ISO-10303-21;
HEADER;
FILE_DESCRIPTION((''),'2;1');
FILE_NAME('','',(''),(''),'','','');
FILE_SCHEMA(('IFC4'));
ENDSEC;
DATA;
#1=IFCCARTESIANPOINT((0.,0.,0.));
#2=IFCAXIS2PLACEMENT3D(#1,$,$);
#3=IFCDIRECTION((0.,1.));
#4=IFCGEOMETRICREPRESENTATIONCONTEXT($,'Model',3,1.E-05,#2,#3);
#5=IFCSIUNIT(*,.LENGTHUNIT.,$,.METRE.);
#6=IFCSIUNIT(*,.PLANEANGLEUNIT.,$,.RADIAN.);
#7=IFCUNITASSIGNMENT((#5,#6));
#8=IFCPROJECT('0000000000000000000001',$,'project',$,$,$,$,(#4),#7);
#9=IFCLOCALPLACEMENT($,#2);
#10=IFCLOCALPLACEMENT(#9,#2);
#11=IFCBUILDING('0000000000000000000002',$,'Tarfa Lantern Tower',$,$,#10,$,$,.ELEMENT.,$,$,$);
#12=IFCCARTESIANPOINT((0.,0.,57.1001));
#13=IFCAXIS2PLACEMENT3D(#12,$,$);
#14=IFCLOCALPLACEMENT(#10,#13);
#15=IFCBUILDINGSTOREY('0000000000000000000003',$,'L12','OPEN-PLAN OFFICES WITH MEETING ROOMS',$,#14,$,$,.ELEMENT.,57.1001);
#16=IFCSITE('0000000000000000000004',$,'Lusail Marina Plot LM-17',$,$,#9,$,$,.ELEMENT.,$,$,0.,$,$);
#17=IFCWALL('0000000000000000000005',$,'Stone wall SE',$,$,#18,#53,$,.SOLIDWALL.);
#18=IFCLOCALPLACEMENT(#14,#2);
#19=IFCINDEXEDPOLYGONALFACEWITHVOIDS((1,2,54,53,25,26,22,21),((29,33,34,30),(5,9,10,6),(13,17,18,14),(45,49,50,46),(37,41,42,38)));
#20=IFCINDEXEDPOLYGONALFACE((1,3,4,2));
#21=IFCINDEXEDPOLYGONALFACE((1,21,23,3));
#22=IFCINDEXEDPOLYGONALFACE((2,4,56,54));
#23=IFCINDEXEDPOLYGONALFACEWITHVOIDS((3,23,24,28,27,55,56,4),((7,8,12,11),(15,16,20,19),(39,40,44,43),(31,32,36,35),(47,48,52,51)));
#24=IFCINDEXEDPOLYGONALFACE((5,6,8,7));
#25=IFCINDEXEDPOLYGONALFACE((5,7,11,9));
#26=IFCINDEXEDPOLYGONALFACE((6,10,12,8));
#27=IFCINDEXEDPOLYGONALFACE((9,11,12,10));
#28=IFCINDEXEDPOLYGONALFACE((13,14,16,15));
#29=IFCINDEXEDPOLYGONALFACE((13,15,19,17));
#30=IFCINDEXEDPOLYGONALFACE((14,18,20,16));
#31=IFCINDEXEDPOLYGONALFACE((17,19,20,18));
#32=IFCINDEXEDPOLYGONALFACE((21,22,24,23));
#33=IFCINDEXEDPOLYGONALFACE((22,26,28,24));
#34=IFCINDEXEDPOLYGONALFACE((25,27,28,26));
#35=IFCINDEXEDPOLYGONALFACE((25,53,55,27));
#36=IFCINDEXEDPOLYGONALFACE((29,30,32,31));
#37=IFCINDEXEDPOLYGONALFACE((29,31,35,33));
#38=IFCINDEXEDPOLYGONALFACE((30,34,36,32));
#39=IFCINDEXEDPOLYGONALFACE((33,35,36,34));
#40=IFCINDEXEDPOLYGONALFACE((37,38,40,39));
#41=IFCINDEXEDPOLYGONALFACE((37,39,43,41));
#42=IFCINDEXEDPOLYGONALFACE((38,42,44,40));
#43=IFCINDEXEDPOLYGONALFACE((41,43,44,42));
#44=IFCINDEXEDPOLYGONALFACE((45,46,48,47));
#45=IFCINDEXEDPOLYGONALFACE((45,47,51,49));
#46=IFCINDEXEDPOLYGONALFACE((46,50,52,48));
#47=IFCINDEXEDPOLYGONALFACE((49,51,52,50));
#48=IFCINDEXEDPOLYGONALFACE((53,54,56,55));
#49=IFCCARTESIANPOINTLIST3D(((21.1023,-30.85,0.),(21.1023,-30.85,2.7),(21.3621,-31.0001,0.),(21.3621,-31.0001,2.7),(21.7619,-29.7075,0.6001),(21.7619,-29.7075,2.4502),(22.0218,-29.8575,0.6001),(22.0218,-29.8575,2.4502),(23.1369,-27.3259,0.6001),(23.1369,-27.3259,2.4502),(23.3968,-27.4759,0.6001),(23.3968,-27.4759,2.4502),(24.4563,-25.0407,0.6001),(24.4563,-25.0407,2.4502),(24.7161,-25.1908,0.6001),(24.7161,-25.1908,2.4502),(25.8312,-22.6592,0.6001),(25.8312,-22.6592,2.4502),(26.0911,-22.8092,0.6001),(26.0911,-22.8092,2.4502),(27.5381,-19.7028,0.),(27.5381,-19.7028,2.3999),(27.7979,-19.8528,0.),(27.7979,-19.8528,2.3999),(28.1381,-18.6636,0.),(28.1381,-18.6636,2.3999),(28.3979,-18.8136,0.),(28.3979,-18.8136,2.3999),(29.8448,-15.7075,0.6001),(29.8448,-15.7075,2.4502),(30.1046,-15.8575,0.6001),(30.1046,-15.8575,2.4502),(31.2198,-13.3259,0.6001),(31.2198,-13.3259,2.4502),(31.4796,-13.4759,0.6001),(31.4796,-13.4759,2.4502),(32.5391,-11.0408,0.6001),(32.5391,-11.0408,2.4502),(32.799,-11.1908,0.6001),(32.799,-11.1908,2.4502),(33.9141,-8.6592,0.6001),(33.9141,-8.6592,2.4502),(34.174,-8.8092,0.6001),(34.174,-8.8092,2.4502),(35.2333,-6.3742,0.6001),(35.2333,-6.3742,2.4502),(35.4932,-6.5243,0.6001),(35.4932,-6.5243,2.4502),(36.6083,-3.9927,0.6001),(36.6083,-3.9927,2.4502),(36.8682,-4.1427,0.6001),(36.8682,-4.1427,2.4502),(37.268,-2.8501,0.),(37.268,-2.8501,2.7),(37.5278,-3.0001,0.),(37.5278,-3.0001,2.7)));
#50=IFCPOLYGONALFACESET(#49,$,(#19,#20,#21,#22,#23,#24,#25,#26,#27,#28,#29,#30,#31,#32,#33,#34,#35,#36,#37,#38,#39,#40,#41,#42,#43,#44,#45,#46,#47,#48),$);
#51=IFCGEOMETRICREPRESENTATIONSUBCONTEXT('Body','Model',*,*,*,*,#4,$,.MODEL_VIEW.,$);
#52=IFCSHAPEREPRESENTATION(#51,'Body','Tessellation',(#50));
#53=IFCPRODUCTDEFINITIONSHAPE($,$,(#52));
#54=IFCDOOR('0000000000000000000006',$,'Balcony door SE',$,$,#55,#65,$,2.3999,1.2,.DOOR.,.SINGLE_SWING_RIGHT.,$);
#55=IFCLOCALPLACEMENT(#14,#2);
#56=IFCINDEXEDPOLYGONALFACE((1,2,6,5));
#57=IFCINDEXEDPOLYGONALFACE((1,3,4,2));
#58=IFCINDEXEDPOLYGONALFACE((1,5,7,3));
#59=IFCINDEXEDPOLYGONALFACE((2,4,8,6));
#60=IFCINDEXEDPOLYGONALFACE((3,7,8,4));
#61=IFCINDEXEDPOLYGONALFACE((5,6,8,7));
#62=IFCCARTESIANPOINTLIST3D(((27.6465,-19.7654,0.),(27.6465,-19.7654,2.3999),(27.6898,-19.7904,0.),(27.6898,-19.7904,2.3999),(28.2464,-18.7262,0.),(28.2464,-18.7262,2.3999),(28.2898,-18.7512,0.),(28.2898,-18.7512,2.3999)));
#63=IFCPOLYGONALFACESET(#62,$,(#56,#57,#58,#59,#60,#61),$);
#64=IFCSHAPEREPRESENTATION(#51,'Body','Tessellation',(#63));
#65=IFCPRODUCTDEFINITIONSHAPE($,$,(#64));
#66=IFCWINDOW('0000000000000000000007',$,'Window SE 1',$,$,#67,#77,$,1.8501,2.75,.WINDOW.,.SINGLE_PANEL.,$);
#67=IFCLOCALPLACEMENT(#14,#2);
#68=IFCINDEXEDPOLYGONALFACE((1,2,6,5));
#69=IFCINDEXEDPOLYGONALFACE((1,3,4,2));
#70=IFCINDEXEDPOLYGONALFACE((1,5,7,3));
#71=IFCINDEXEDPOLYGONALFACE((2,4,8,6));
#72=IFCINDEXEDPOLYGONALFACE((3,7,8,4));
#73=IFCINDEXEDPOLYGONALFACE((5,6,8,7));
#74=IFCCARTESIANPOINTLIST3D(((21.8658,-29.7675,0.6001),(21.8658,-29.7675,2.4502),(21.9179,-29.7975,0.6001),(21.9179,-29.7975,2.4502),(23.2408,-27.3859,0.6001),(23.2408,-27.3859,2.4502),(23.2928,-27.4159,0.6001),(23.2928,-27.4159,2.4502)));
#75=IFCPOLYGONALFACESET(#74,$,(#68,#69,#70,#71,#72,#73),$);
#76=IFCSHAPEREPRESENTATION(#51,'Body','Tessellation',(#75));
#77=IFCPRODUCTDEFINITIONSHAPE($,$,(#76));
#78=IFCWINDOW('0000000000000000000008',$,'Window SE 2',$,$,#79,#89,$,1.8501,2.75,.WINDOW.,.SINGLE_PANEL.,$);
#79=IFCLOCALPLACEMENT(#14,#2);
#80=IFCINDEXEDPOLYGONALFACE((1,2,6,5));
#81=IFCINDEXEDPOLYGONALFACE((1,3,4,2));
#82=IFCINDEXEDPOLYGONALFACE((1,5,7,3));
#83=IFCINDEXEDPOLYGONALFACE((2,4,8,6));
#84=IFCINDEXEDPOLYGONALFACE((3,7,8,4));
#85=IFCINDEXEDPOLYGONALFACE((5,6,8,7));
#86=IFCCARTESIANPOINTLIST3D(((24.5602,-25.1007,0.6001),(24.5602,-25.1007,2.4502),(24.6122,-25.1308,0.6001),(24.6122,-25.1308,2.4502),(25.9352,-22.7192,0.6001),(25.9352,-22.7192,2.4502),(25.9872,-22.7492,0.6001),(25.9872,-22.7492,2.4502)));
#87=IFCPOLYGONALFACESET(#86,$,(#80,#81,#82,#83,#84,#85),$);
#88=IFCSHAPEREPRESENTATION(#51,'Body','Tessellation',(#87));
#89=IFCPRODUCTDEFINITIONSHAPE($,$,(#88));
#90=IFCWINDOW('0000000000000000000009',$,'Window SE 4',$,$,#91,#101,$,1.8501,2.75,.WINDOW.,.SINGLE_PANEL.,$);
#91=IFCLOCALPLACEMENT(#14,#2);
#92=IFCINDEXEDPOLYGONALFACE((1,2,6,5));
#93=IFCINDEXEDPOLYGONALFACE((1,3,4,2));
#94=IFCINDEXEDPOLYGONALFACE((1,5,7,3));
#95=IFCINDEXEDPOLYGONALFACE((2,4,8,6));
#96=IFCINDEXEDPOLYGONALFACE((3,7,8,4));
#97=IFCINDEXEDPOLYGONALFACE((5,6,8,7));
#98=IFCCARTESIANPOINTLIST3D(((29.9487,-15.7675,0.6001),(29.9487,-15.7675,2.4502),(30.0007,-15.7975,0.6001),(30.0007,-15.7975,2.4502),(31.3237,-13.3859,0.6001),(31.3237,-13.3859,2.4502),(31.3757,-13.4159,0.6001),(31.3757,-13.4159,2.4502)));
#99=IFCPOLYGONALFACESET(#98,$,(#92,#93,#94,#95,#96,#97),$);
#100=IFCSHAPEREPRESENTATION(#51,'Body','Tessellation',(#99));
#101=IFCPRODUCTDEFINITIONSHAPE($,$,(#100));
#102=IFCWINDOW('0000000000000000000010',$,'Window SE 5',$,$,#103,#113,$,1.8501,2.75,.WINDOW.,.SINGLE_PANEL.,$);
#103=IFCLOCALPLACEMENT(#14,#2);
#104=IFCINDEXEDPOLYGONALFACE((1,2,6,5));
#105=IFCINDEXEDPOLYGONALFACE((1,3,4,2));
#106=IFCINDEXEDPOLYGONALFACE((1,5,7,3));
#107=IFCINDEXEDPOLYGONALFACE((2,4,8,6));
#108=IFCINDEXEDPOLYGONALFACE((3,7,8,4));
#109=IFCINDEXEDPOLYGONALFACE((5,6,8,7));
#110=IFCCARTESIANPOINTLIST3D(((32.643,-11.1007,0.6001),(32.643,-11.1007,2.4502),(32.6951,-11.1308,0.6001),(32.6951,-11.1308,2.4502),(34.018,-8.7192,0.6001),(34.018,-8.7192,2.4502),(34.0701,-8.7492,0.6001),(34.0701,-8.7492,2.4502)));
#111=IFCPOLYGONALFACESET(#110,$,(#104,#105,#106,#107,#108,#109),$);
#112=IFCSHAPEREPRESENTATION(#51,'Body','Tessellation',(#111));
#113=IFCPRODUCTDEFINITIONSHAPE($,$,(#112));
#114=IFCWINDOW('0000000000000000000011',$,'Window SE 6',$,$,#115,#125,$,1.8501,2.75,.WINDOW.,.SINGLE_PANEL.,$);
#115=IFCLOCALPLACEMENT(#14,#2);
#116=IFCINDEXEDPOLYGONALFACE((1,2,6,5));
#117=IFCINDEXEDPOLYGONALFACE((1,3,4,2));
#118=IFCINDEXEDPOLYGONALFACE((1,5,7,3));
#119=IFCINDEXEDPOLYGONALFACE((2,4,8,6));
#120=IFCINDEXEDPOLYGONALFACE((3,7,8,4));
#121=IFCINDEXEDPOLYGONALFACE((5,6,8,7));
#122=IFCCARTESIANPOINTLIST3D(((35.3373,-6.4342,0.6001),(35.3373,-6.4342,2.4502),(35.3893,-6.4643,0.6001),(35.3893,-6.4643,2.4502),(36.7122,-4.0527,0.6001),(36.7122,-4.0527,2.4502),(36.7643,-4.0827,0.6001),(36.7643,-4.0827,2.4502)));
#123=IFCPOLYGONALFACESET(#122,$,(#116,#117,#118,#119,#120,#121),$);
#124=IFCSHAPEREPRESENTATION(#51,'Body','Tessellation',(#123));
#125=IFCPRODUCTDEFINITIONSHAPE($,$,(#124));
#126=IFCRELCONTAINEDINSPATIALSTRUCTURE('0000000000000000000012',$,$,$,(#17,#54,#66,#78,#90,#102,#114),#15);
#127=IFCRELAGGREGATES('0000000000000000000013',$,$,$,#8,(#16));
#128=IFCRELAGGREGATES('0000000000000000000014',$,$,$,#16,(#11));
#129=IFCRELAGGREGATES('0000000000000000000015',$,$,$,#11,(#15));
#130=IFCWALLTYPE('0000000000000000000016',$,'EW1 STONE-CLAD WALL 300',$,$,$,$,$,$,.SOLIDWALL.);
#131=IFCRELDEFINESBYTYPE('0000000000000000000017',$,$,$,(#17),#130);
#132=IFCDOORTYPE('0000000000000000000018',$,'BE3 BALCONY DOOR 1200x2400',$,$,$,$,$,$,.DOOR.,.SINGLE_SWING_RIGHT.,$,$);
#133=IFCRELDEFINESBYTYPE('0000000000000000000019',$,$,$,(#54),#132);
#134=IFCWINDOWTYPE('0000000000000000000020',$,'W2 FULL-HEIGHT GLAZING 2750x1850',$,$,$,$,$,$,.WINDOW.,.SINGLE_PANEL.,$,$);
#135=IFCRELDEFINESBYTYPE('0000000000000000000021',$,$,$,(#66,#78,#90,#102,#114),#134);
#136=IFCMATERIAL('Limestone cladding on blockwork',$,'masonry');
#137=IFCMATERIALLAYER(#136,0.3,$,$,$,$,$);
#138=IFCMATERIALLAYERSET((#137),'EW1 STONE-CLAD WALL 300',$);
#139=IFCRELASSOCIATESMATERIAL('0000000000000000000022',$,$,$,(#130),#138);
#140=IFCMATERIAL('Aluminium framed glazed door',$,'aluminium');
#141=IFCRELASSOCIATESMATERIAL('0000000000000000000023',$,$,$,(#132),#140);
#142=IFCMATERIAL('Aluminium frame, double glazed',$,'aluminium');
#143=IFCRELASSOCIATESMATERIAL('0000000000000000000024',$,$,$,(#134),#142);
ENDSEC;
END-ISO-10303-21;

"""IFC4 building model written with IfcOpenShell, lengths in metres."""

from ifc_helpers import new_model, si_unit, direction, frame, frame_2d, origin, place, context, subcontext, project, spatial, rectangle, extrude, material, layer, layer_set, type_object, element, fill, save


model = new_model("IFC4")

# Units and contexts
model_context = context("Model", 3, precision=1e-05, world=origin(), true_north=direction((0.0, 1.0)))
body_context = subcontext(model_context, "Body", "Model", "MODEL_VIEW")
ifc_project = project(units=[si_unit("LENGTHUNIT", "METRE"), si_unit("PLANEANGLEUNIT", "RADIAN")], contexts=[model_context])

# Site, building, storey
site_placement = place(None, origin())
site = spatial("IfcSite", under=ifc_project, at=site_placement, Name="Lusail Marina Plot LM-17", CompositionType="ELEMENT", RefElevation=0.0)
building_placement = place(site_placement, origin())
building = spatial("IfcBuilding", under=site, at=building_placement, Name="Tarfa Lantern Tower", CompositionType="ELEMENT")
storey_placement = place(building_placement, frame((0.0, 0.0, 57.1001)))
storey = spatial("IfcBuildingStorey", under=building, at=storey_placement, Name="L12", Description="OPEN-PLAN OFFICES WITH MEETING ROOMS", CompositionType="ELEMENT", Elevation=57.1001)

# Wall, openings, door, windows
ifc_material_1 = material(Name="Limestone cladding on blockwork", Category="masonry")
ifc_layer = layer(ifc_material_1, 0.3)
ifc_layer_set = layer_set([ifc_layer], Name="EW1 STONE-CLAD WALL 300")
wall_type = type_object("IfcWallType", Name="EW1 STONE-CLAD WALL 300", PredefinedType="SOLIDWALL", material=ifc_layer_set)
wall_placement = place(storey_placement, frame((21.2322, -30.925, 0.0), z_axis=(0.0, 0.0, 1.0), x_axis=(0.499999, 0.866026, 0.0)))
wall = element("IfcWall", 1, at=wall_placement, inside=storey, type_object=wall_type, Name="Stone wall SE", PredefinedType="SOLIDWALL", context=body_context, shape_type="SweptSolid", body=[
    extrude(rectangle(XDim=32.3315, YDim=0.3, at=frame_2d((16.1658, 0.0))), origin(), (0.0, 0.0, 1.0), 2.7),
])
opening_1_placement = place(wall_placement, frame((1.3193, 0.0, 0.6001)))
opening_1 = element("IfcOpeningElement", 2, at=opening_1_placement, cuts=wall, PredefinedType="OPENING", context=body_context, shape_type="SweptSolid", body=[
    extrude(rectangle(XDim=2.75, YDim=1.8501, at=frame_2d((1.375, 0.925))), frame((0.0, 0.1599, 0.0), z_axis=(0.0, -1.0, 0.0), x_axis=(1.0, 0.0, 0.0)), (0.0, 0.0, 1.0), 0.3201),
])
opening_2_placement = place(wall_placement, frame((6.708, 0.0, 0.6001)))
opening_2 = element("IfcOpeningElement", 3, at=opening_2_placement, cuts=wall, PredefinedType="OPENING", context=body_context, shape_type="SweptSolid", body=[
    extrude(rectangle(XDim=2.75, YDim=1.8501, at=frame_2d((1.375, 0.925))), frame((0.0, 0.1599, 0.0), z_axis=(0.0, -1.0, 0.0), x_axis=(1.0, 0.0, 0.0)), (0.0, 0.0, 1.0), 0.3201),
])
opening_3_placement = place(wall_placement, frame((12.8716, 0.0, 0.0)))
opening_3 = element("IfcOpeningElement", 4, at=opening_3_placement, cuts=wall, PredefinedType="OPENING", context=body_context, shape_type="SweptSolid", body=[
    extrude(rectangle(XDim=1.2, YDim=2.3999, at=frame_2d((0.6001, 1.2))), frame((0.0, 0.1599, 0.0), z_axis=(0.0, -1.0, 0.0), x_axis=(1.0, 0.0, 0.0)), (0.0, 0.0, 1.0), 0.3201),
])
opening_4_placement = place(wall_placement, frame((17.4851, 0.0, 0.6001)))
opening_4 = element("IfcOpeningElement", 5, at=opening_4_placement, cuts=wall, PredefinedType="OPENING", context=body_context, shape_type="SweptSolid", body=[
    extrude(rectangle(XDim=2.75, YDim=1.8501, at=frame_2d((1.375, 0.925))), frame((0.0, 0.1599, 0.0), z_axis=(0.0, -1.0, 0.0), x_axis=(1.0, 0.0, 0.0)), (0.0, 0.0, 1.0), 0.3201),
])
opening_5_placement = place(wall_placement, frame((22.8738, 0.0, 0.6001)))
opening_5 = element("IfcOpeningElement", 6, at=opening_5_placement, cuts=wall, PredefinedType="OPENING", context=body_context, shape_type="SweptSolid", body=[
    extrude(rectangle(XDim=2.75, YDim=1.8501, at=frame_2d((1.375, 0.925))), frame((0.0, 0.1599, 0.0), z_axis=(0.0, -1.0, 0.0), x_axis=(1.0, 0.0, 0.0)), (0.0, 0.0, 1.0), 0.3201),
])
opening_6_placement = place(wall_placement, frame((28.2622, 0.0, 0.6001)))
opening_6 = element("IfcOpeningElement", 7, at=opening_6_placement, cuts=wall, PredefinedType="OPENING", context=body_context, shape_type="SweptSolid", body=[
    extrude(rectangle(XDim=2.75, YDim=1.8501, at=frame_2d((1.375, 0.925))), frame((0.0, 0.1599, 0.0), z_axis=(0.0, -1.0, 0.0), x_axis=(1.0, 0.0, 0.0)), (0.0, 0.0, 1.0), 0.3201),
])
ifc_material_2 = material(Name="Aluminium framed glazed door", Category="aluminium")
door_type = type_object("IfcDoorType", Name="BE3 BALCONY DOOR 1200x2400", OperationType="SINGLE_SWING_RIGHT", PredefinedType="DOOR", material=ifc_material_2)
door_placement = place(opening_3_placement, origin())
door = element("IfcDoor", 8, at=door_placement, inside=storey, type_object=door_type, Name="Balcony door SE", OperationType="SINGLE_SWING_RIGHT", OverallHeight=2.3999, OverallWidth=1.2, PredefinedType="DOOR", context=body_context, shape_type="SweptSolid", body=[
    extrude(rectangle(XDim=1.2, YDim=2.3999, at=frame_2d((0.6001, 1.2))), frame((0.0, 0.0249, 0.0), z_axis=(0.0, -1.0, 0.0), x_axis=(1.0, 0.0, 0.0)), (0.0, 0.0, 1.0), 0.05),
])
fill(opening_3, door)
ifc_material_3 = material(Name="Aluminium frame, double glazed", Category="aluminium")
window_type = type_object("IfcWindowType", Name="W2 FULL-HEIGHT GLAZING 2750x1850", PartitioningType="SINGLE_PANEL", PredefinedType="WINDOW", material=ifc_material_3)
window_1_placement = place(opening_1_placement, origin())
window_1 = element("IfcWindow", 9, at=window_1_placement, inside=storey, type_object=window_type, Name="Window SE 1", OverallHeight=1.8501, OverallWidth=2.75, PartitioningType="SINGLE_PANEL", PredefinedType="WINDOW", context=body_context, shape_type="SweptSolid", body=[
    extrude(rectangle(XDim=2.75, YDim=1.8501, at=frame_2d((1.375, 0.925))), frame((0.0, 0.03, 0.0), z_axis=(0.0, -1.0, 0.0), x_axis=(1.0, 0.0, 0.0)), (0.0, 0.0, 1.0), 0.0601),
])
fill(opening_1, window_1)
window_2_placement = place(opening_2_placement, origin())
window_2 = element("IfcWindow", 10, at=window_2_placement, inside=storey, type_object=window_type, Name="Window SE 2", OverallHeight=1.8501, OverallWidth=2.75, PartitioningType="SINGLE_PANEL", PredefinedType="WINDOW", context=body_context, shape_type="SweptSolid", body=[
    extrude(rectangle(XDim=2.75, YDim=1.8501, at=frame_2d((1.375, 0.925))), frame((0.0, 0.03, 0.0), z_axis=(0.0, -1.0, 0.0), x_axis=(1.0, 0.0, 0.0)), (0.0, 0.0, 1.0), 0.0601),
])
fill(opening_2, window_2)
window_3_placement = place(opening_4_placement, origin())
window_3 = element("IfcWindow", 11, at=window_3_placement, inside=storey, type_object=window_type, Name="Window SE 4", OverallHeight=1.8501, OverallWidth=2.75, PartitioningType="SINGLE_PANEL", PredefinedType="WINDOW", context=body_context, shape_type="SweptSolid", body=[
    extrude(rectangle(XDim=2.75, YDim=1.8501, at=frame_2d((1.375, 0.925))), frame((0.0, 0.03, 0.0), z_axis=(0.0, -1.0, 0.0), x_axis=(1.0, 0.0, 0.0)), (0.0, 0.0, 1.0), 0.0601),
])
fill(opening_4, window_3)
window_4_placement = place(opening_5_placement, origin())
window_4 = element("IfcWindow", 12, at=window_4_placement, inside=storey, type_object=window_type, Name="Window SE 5", OverallHeight=1.8501, OverallWidth=2.75, PartitioningType="SINGLE_PANEL", PredefinedType="WINDOW", context=body_context, shape_type="SweptSolid", body=[
    extrude(rectangle(XDim=2.75, YDim=1.8501, at=frame_2d((1.375, 0.925))), frame((0.0, 0.03, 0.0), z_axis=(0.0, -1.0, 0.0), x_axis=(1.0, 0.0, 0.0)), (0.0, 0.0, 1.0), 0.0601),
])
fill(opening_5, window_4)
window_5_placement = place(opening_6_placement, origin())
window_5 = element("IfcWindow", 13, at=window_5_placement, inside=storey, type_object=window_type, Name="Window SE 6", OverallHeight=1.8501, OverallWidth=2.75, PartitioningType="SINGLE_PANEL", PredefinedType="WINDOW", context=body_context, shape_type="SweptSolid", body=[
    extrude(rectangle(XDim=2.75, YDim=1.8501, at=frame_2d((1.375, 0.925))), frame((0.0, 0.03, 0.0), z_axis=(0.0, -1.0, 0.0), x_axis=(1.0, 0.0, 0.0)), (0.0, 0.0, 1.0), 0.0601),
])
fill(opening_6, window_5)

save(model, "model.ifc")
